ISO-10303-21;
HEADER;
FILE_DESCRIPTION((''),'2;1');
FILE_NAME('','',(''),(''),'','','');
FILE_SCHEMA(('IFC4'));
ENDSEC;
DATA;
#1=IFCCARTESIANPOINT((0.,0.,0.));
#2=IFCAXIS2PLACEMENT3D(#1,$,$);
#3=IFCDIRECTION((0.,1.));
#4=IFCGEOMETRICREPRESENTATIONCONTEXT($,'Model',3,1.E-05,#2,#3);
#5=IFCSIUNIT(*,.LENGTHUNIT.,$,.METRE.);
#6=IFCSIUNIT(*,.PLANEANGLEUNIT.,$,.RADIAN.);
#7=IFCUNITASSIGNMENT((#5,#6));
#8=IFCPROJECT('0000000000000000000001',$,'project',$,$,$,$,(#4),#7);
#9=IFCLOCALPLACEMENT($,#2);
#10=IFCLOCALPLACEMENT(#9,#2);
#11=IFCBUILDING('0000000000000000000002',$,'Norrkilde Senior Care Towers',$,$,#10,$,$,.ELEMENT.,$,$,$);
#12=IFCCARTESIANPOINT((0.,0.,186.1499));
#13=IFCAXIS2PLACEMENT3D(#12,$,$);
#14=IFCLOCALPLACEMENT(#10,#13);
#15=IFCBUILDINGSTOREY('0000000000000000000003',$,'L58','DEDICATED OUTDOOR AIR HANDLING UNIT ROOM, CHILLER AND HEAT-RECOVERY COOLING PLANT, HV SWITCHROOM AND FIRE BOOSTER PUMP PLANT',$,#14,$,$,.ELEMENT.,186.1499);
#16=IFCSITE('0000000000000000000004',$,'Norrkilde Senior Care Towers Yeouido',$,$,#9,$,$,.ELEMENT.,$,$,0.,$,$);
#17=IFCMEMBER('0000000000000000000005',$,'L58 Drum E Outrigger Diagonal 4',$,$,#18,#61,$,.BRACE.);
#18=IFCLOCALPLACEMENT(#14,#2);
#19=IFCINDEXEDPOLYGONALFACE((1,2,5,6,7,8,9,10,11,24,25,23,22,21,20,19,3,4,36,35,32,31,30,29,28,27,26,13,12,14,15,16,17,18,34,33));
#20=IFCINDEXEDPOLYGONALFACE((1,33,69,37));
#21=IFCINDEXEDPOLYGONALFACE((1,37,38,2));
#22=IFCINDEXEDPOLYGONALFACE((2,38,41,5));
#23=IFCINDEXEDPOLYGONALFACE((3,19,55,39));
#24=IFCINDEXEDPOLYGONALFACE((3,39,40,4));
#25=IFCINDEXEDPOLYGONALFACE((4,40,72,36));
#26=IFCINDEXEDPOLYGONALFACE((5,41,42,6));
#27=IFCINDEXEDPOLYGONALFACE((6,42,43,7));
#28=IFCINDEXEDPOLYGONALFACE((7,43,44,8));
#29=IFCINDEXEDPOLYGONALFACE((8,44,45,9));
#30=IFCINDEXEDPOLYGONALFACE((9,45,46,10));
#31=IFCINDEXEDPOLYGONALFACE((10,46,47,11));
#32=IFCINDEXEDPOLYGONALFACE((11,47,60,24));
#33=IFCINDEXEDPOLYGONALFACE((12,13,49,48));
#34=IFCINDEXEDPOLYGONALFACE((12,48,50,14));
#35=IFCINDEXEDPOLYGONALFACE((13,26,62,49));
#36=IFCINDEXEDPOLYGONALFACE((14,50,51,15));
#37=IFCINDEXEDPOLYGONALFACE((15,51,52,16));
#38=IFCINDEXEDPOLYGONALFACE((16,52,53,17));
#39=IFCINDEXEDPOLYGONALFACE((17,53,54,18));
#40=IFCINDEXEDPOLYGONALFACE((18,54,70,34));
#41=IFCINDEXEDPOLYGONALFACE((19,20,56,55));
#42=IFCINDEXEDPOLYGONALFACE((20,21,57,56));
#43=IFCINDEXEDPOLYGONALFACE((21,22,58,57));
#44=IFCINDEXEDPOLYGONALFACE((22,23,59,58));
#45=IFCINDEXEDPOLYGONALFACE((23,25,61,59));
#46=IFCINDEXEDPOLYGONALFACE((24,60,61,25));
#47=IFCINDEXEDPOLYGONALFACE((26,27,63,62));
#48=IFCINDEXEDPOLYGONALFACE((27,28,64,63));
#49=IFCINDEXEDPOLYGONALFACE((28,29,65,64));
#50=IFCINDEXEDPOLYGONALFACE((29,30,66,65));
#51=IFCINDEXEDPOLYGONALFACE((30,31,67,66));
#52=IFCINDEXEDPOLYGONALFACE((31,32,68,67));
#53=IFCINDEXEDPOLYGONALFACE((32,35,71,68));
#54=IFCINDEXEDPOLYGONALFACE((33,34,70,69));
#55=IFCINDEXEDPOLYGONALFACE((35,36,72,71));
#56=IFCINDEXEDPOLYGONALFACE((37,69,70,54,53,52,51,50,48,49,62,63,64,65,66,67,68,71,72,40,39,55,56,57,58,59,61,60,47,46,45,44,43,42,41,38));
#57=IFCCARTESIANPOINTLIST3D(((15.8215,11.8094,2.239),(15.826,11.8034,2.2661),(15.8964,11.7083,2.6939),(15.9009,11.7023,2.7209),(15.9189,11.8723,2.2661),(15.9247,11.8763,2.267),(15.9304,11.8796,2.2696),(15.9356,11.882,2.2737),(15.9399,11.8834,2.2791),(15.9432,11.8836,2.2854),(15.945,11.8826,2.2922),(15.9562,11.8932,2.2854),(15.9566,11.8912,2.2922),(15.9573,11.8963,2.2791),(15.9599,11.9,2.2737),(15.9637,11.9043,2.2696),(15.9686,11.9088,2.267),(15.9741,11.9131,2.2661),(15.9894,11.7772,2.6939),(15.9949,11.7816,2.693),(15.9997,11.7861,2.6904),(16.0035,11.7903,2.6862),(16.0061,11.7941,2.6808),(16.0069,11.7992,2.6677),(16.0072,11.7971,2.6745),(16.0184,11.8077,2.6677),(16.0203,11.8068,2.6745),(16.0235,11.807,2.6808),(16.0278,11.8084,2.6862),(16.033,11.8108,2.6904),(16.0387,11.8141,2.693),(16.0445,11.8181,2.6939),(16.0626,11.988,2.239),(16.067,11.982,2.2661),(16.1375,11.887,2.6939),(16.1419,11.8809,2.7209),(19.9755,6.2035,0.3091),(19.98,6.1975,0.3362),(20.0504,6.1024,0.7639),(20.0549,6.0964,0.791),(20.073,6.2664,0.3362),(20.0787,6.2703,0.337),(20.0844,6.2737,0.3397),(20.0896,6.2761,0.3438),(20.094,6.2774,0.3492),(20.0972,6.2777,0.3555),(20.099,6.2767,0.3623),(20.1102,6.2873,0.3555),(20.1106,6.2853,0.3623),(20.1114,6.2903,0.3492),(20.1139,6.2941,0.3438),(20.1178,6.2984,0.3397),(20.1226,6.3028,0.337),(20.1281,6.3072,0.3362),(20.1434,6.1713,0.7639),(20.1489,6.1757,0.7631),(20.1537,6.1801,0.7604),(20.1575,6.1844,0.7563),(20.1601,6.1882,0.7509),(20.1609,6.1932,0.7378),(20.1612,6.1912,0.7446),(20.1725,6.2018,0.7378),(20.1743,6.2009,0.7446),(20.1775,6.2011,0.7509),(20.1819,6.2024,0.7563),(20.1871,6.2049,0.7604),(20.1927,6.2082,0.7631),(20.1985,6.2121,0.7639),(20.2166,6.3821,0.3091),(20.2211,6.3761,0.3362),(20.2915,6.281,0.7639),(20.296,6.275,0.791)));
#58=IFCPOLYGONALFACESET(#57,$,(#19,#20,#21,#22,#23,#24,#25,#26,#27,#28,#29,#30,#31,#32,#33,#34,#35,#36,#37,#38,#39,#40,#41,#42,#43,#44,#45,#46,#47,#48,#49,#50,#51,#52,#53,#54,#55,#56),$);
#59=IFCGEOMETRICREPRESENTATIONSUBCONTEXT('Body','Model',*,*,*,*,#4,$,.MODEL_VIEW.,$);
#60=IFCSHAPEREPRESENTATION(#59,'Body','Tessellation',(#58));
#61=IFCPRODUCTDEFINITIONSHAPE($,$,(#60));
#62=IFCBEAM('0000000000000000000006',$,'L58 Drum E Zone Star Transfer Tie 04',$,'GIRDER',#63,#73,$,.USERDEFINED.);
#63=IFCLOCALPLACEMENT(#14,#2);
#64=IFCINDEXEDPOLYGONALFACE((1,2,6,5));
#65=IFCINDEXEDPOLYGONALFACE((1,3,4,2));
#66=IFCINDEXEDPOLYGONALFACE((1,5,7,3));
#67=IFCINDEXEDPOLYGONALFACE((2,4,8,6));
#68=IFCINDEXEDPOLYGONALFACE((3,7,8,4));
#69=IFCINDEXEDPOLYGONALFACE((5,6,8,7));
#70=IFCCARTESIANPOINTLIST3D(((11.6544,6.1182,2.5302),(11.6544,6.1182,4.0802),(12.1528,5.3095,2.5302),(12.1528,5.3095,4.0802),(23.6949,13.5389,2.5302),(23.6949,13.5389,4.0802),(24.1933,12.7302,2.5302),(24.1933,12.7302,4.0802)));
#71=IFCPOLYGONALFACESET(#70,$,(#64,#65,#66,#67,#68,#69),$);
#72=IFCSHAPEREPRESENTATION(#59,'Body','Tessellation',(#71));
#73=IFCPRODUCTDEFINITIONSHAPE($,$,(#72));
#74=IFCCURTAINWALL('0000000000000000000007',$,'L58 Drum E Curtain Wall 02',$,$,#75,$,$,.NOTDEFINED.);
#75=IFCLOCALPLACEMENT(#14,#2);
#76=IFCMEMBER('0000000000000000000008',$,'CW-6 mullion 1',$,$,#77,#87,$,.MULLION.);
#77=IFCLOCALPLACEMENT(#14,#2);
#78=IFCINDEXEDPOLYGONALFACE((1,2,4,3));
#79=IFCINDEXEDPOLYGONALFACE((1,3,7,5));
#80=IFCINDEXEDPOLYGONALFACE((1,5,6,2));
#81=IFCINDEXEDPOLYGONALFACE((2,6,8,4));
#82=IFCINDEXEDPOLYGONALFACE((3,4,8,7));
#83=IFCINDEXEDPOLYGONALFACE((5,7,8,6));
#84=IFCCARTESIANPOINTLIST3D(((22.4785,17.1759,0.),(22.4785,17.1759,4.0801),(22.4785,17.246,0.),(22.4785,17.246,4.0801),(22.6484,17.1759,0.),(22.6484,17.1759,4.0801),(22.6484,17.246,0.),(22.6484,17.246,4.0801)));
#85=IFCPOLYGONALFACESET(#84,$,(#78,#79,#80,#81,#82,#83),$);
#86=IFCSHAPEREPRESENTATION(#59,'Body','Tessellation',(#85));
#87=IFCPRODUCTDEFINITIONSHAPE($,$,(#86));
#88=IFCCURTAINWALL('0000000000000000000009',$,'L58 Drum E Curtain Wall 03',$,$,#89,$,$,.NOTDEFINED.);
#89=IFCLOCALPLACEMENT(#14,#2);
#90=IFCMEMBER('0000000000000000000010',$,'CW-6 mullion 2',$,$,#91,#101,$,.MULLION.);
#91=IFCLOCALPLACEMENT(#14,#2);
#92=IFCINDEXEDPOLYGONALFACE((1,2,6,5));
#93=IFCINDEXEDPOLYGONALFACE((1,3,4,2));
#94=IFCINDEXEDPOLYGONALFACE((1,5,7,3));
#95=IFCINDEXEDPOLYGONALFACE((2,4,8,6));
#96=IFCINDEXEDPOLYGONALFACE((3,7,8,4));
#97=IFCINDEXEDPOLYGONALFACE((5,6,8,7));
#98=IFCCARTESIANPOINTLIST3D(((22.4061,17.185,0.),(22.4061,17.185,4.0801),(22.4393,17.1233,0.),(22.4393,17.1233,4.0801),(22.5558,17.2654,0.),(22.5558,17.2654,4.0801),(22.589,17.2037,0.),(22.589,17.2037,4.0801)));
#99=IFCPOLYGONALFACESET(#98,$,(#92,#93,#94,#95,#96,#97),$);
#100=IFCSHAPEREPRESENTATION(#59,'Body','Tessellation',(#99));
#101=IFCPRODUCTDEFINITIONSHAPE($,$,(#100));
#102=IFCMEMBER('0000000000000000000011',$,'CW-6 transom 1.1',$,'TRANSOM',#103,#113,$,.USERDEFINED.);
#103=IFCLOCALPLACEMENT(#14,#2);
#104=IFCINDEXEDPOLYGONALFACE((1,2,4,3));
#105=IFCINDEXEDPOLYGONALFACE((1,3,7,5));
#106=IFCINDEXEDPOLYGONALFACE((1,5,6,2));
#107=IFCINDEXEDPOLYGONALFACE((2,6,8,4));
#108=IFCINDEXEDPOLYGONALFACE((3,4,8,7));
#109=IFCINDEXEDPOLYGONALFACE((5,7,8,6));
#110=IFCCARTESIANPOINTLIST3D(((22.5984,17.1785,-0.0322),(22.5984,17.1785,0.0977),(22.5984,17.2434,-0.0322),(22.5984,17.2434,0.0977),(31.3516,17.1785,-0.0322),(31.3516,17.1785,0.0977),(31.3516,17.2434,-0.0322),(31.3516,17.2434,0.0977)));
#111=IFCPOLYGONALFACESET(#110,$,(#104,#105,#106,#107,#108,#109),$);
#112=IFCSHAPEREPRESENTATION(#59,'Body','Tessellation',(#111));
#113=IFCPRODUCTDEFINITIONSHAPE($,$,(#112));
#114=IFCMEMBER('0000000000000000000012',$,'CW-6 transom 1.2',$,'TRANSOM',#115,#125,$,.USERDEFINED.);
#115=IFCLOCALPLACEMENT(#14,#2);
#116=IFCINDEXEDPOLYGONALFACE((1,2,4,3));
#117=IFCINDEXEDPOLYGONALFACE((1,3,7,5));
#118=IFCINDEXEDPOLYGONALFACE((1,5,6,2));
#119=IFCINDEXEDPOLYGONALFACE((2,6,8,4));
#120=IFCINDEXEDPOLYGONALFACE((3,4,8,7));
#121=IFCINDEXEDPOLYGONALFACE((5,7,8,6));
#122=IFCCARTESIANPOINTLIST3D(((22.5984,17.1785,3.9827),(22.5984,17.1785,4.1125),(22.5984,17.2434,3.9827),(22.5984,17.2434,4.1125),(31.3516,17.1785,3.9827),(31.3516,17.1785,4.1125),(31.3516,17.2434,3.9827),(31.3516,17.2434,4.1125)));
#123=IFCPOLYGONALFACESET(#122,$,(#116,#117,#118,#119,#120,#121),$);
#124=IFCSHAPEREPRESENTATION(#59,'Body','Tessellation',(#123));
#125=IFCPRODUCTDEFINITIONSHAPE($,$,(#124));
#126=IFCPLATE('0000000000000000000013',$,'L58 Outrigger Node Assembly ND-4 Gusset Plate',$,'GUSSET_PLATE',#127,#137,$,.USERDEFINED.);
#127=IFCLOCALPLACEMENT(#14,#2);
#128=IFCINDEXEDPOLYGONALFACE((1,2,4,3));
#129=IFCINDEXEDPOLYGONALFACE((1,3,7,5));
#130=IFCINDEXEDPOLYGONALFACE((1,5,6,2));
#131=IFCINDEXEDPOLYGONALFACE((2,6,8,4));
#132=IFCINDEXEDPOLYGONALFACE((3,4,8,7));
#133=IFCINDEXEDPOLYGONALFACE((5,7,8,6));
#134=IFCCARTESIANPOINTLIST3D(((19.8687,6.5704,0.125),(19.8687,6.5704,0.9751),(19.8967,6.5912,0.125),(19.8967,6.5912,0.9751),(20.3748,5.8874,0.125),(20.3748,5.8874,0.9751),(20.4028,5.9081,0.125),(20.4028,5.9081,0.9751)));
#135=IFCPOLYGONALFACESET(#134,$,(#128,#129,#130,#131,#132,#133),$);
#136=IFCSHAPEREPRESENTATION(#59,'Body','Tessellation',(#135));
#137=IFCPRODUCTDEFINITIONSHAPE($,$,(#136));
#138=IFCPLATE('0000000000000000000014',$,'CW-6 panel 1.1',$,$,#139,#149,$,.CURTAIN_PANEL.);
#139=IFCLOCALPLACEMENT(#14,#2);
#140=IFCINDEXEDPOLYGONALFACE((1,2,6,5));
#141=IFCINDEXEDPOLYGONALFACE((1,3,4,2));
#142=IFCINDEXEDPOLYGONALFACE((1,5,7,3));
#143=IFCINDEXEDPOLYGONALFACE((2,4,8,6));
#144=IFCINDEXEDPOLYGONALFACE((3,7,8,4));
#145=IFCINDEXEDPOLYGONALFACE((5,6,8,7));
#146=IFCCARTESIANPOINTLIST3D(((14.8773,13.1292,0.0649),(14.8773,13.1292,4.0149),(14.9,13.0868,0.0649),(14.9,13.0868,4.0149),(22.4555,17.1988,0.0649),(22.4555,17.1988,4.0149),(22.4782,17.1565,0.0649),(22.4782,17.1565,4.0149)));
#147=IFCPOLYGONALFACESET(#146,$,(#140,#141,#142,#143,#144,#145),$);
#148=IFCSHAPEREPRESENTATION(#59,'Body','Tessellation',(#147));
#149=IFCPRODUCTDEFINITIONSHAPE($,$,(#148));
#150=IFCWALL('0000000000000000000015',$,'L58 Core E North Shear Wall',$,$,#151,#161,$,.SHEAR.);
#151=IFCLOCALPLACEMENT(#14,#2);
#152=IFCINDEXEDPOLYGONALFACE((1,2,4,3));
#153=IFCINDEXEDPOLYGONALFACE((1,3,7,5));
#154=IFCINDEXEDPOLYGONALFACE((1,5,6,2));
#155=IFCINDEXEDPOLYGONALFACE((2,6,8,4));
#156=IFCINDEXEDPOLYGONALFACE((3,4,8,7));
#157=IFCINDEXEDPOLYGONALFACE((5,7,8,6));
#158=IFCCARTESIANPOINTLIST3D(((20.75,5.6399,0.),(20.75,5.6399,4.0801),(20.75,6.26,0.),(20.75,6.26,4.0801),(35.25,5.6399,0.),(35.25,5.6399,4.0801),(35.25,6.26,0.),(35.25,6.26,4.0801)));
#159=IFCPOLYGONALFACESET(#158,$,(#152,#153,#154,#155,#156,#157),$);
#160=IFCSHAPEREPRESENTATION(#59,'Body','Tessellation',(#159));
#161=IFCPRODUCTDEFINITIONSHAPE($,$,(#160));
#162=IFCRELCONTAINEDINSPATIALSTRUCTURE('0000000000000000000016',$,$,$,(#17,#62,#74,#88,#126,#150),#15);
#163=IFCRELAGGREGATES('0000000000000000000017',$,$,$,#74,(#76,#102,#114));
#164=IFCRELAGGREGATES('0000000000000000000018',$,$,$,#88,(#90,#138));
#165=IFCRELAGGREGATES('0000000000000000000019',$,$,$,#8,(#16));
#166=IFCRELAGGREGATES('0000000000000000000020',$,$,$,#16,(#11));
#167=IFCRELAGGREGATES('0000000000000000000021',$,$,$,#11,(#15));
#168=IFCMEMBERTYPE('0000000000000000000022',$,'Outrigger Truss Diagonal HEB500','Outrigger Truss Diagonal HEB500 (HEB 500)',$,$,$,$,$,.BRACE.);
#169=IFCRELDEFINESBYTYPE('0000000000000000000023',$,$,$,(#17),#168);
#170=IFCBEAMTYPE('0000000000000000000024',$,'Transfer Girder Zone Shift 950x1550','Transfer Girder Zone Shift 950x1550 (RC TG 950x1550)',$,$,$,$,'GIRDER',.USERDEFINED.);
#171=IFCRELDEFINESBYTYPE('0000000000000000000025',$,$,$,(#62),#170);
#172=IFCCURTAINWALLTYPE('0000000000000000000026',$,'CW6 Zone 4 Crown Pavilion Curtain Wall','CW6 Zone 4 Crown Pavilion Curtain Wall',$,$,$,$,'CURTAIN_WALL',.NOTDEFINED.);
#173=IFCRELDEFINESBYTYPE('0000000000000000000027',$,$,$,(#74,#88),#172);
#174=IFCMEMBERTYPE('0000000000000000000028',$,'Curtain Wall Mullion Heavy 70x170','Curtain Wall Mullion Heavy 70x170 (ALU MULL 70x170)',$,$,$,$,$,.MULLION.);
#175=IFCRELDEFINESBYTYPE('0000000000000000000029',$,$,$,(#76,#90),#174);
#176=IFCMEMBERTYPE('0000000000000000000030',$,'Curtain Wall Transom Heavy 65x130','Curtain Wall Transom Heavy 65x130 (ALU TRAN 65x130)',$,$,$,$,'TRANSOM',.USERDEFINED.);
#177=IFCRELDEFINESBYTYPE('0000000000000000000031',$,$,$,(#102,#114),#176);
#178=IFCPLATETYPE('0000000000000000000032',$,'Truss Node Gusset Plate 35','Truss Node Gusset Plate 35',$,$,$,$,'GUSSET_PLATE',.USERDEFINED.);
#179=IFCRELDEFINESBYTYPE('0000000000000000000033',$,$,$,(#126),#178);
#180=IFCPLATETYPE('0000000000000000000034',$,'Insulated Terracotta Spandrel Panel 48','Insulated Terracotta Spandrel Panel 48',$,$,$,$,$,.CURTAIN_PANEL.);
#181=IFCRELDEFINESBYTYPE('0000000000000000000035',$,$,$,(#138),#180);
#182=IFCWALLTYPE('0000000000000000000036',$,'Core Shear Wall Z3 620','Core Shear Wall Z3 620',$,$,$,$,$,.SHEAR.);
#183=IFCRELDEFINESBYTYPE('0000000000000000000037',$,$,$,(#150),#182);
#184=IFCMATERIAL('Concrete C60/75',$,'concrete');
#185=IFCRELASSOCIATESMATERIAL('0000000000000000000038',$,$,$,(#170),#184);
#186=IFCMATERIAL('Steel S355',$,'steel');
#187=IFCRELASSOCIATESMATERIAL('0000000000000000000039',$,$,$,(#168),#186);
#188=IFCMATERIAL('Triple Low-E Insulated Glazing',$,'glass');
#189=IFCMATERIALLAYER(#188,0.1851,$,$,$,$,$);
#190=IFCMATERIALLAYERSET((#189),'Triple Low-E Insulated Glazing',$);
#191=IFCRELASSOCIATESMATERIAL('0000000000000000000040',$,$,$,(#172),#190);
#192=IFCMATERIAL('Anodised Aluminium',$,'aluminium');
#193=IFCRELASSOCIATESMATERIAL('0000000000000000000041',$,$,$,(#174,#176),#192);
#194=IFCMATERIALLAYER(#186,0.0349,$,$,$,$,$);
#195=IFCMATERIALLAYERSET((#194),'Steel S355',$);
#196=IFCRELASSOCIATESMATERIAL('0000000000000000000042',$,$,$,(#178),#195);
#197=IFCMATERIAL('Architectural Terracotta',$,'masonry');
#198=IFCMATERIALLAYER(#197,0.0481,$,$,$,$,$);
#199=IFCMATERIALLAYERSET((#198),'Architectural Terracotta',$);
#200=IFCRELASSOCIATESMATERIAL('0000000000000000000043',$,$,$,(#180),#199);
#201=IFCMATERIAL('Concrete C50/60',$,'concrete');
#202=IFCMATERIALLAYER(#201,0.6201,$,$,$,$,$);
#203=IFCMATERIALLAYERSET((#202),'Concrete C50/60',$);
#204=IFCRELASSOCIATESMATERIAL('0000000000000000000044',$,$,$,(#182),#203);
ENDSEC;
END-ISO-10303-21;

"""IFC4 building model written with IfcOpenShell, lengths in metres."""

from ifc_helpers import new_model, si_unit, direction, frame, frame_2d, origin, origin_2d, place, context, subcontext, project, spatial, rectangle, i_section, extrude, source, transform, mapped, material, layer, layer_set, material_profile, profile_set, type_object, type_shapes, element, aggregate, save


model = new_model("IFC4")

# Units and contexts
model_context = context("Model", 3, precision=1e-05, world=origin(), true_north=direction((0.0, 1.0)))
body_context = subcontext(model_context, "Body", "Model", "MODEL_VIEW")
ifc_project = project(units=[si_unit("LENGTHUNIT", "METRE"), si_unit("PLANEANGLEUNIT", "RADIAN")], contexts=[model_context])

# Site, building, storey
site_placement = place(None, origin())
site = spatial("IfcSite", under=ifc_project, at=site_placement, Name="Norrkilde Senior Care Towers Yeouido", CompositionType="ELEMENT", RefElevation=0.0)
building_placement = place(site_placement, origin())
building = spatial("IfcBuilding", under=site, at=building_placement, Name="Norrkilde Senior Care Towers", CompositionType="ELEMENT")
storey_placement = place(building_placement, frame((0.0, 0.0, 186.1499)))
storey = spatial("IfcBuildingStorey", under=building, at=storey_placement, Name="L58", Description="DEDICATED OUTDOOR AIR HANDLING UNIT ROOM, CHILLER AND HEAT-RECOVERY COOLING PLANT, HV SWITCHROOM AND FIRE BOOSTER PUMP PLANT", CompositionType="ELEMENT", Elevation=186.1499)

# Shared definitions
ifc_material_1 = material(Name="Concrete C60/75", Category="concrete")
ifc_material_2 = material(Name="Concrete C50/60", Category="concrete")

# Shared definitions
ifc_material_profile_1 = material_profile(ifc_material_1, rectangle(XDim=0.95, YDim=1.55, at=origin_2d()), Name="RC TG 950x1550")
ifc_profile_set_1 = profile_set([ifc_material_profile_1], Name="Concrete C60/75")
beam_type_1 = type_object("IfcBeamType", Name="Transfer Girder Zone Shift 950x1550", Description="Transfer Girder Zone Shift 950x1550 (RC TG 950x1550)", ElementType="GIRDER", PredefinedType="USERDEFINED", material=ifc_profile_set_1)

# Member
ifc_material_3 = material(Name="Steel S355", Category="steel")
ifc_material_profile_2 = material_profile(ifc_material_3, i_section(OverallWidth=0.3, OverallDepth=0.5, WebThickness=0.0144, FlangeThickness=0.0281, FilletRadius=0.0271, at=origin_2d()), Name="HEB 500")
ifc_profile_set_2 = profile_set([ifc_material_profile_2], Name="Steel S355")
member_type_1 = type_object("IfcMemberType", Name="Outrigger Truss Diagonal HEB500", Description="Outrigger Truss Diagonal HEB500 (HEB 500)", PredefinedType="BRACE", material=ifc_profile_set_2)
shared_shape_1 = source(origin(), body_context, "Body", "SweptSolid", [
    extrude(i_section(OverallWidth=0.3, OverallDepth=0.5, WebThickness=0.0144, FlangeThickness=0.0281, FilletRadius=0.0271, at=origin_2d()), origin(), (0.0, 0.0, 1.0), 7.2393),
])
type_shapes(member_type_1, [shared_shape_1])
member_1_placement = place(storey_placement, frame((20.1357, 6.2393, 0.55), z_axis=(-0.573819, 0.774378, 0.266591), x_axis=(-0.803455, -0.595366, 0.0)))
element("IfcMember", 1, at=member_1_placement, inside=storey, type_object=member_type_1, Name="L58 Drum E Outrigger Diagonal 4", PredefinedType="BRACE", context=body_context, shape_type="MappedRepresentation", body=[
    mapped(shared_shape_1, transform((0.0, 0.0, 0.0), x_axis=(1.0, 0.0, 0.0), y_axis=(0.0, 1.0, 0.0), z_axis=(0.0, 0.0, 1.0), scale=1.0)),
])

# Beam
shared_shape_2 = source(origin(), body_context, "Body", "SweptSolid", [
    extrude(rectangle(XDim=0.95, YDim=1.55, at=origin_2d()), origin(), (0.0, 0.0, 1.0), 14.1436),
])
beam_1_placement = place(storey_placement, frame((23.9441, 13.1345, 3.3052), z_axis=(-0.851308, -0.524666, 0.0), x_axis=(0.524666, -0.851308, 0.0)))
element("IfcBeam", 2, at=beam_1_placement, inside=storey, type_object=beam_type_1, Name="L58 Drum E Zone Star Transfer Tie 04", ObjectType="GIRDER", PredefinedType="USERDEFINED", context=body_context, shape_type="MappedRepresentation", body=[
    mapped(shared_shape_2, transform((0.0, 0.0, 0.0), x_axis=(1.0, 0.0, 0.0), y_axis=(0.0, 1.0, 0.0), z_axis=(0.0, 0.0, 1.0), scale=1.0)),
])

# Curtain walls, members
ifc_material_4 = material(Name="Triple Low-E Insulated Glazing", Category="glass")
ifc_layer_1 = layer(ifc_material_4, 0.1851)
ifc_layer_set_1 = layer_set([ifc_layer_1], Name="Triple Low-E Insulated Glazing")
curtain_wall_type = type_object("IfcCurtainWallType", Name="CW6 Zone 4 Crown Pavilion Curtain Wall", Description="CW6 Zone 4 Crown Pavilion Curtain Wall", ElementType="CURTAIN_WALL", PredefinedType="NOTDEFINED", material=ifc_layer_set_1)
curtain_wall_1_placement = place(storey_placement, origin())
curtain_wall_1 = element("IfcCurtainWall", 3, at=curtain_wall_1_placement, inside=storey, type_object=curtain_wall_type, Name="L58 Drum E Curtain Wall 02", PredefinedType="NOTDEFINED")
ifc_material_5 = material(Name="Anodised Aluminium", Category="aluminium")
ifc_material_profile_3 = material_profile(ifc_material_5, rectangle(XDim=0.0701, YDim=0.1699, at=origin_2d()), Name="ALU MULL 70x170")
ifc_profile_set_3 = profile_set([ifc_material_profile_3], Name="Anodised Aluminium")
member_type_2 = type_object("IfcMemberType", Name="Curtain Wall Mullion Heavy 70x170", Description="Curtain Wall Mullion Heavy 70x170 (ALU MULL 70x170)", PredefinedType="MULLION", material=ifc_profile_set_3)
shared_shape_3 = source(origin(), body_context, "Body", "SweptSolid", [
    extrude(rectangle(XDim=0.0701, YDim=0.1699, at=origin_2d()), origin(), (0.0, 0.0, 1.0), 4.0801),
])
type_shapes(member_type_2, [shared_shape_3])
member_2_placement = place(storey_placement, frame((22.5635, 17.2109, 0.0), z_axis=(0.0, 0.0, 1.0), x_axis=(0.0, 1.0, 0.0)))
member_2 = element("IfcMember", 4, at=member_2_placement, type_object=member_type_2, Name="CW-6 mullion 1", PredefinedType="MULLION", context=body_context, shape_type="MappedRepresentation", body=[
    mapped(shared_shape_3, transform((0.0, 0.0, 0.0), x_axis=(1.0, 0.0, 0.0), y_axis=(0.0, 1.0, 0.0), z_axis=(0.0, 0.0, 1.0), scale=1.0)),
])
curtain_wall_2_placement = place(storey_placement, origin())
curtain_wall_2 = element("IfcCurtainWall", 5, at=curtain_wall_2_placement, inside=storey, type_object=curtain_wall_type, Name="L58 Drum E Curtain Wall 03", PredefinedType="NOTDEFINED")
member_3_placement = place(storey_placement, frame((22.4976, 17.1943, 0.0), z_axis=(0.0, 0.0, 1.0), x_axis=(-0.473117, 0.881, 0.0)))
member_3 = element("IfcMember", 6, at=member_3_placement, type_object=member_type_2, Name="CW-6 mullion 2", PredefinedType="MULLION", context=body_context, shape_type="MappedRepresentation", body=[
    mapped(shared_shape_3, transform((0.0, 0.0, 0.0), x_axis=(1.0, 0.0, 0.0), y_axis=(0.0, 1.0, 0.0), z_axis=(0.0, 0.0, 1.0), scale=1.0)),
])

# Members
ifc_material_profile_4 = material_profile(ifc_material_5, rectangle(XDim=0.0649, YDim=0.1299, at=origin_2d()), Name="ALU TRAN 65x130")
ifc_profile_set_4 = profile_set([ifc_material_profile_4], Name="Anodised Aluminium")
member_type_3 = type_object("IfcMemberType", Name="Curtain Wall Transom Heavy 65x130", Description="Curtain Wall Transom Heavy 65x130 (ALU TRAN 65x130)", ElementType="TRANSOM", PredefinedType="USERDEFINED", material=ifc_profile_set_4)
shared_shape_4 = source(origin(), body_context, "Body", "SweptSolid", [
    extrude(rectangle(XDim=0.0649, YDim=0.1299, at=origin_2d()), origin(), (0.0, 0.0, 1.0), 8.7532),
])
type_shapes(member_type_3, [shared_shape_4])
member_4_placement = place(storey_placement, frame((22.5984, 17.2109, 0.0327), z_axis=(1.0, 0.0, 0.0), x_axis=(0.0, 1.0, 0.0)))
member_4 = element("IfcMember", 7, at=member_4_placement, type_object=member_type_3, Name="CW-6 transom 1.1", ObjectType="TRANSOM", PredefinedType="USERDEFINED", context=body_context, shape_type="MappedRepresentation", body=[
    mapped(shared_shape_4, transform((0.0, 0.0, 0.0), x_axis=(1.0, 0.0, 0.0), y_axis=(0.0, 1.0, 0.0), z_axis=(0.0, 0.0, 1.0), scale=1.0)),
])
member_5_placement = place(storey_placement, frame((22.5984, 17.2109, 4.0476), z_axis=(1.0, 0.0, 0.0), x_axis=(0.0, 1.0, 0.0)))
member_5 = element("IfcMember", 8, at=member_5_placement, type_object=member_type_3, Name="CW-6 transom 1.2", ObjectType="TRANSOM", PredefinedType="USERDEFINED", context=body_context, shape_type="MappedRepresentation", body=[
    mapped(shared_shape_4, transform((0.0, 0.0, 0.0), x_axis=(1.0, 0.0, 0.0), y_axis=(0.0, 1.0, 0.0), z_axis=(0.0, 0.0, 1.0), scale=1.0)),
])
aggregate(curtain_wall_1, [member_2, member_4, member_5])

# Plates
ifc_layer_2 = layer(ifc_material_3, 0.0349)
ifc_layer_set_2 = layer_set([ifc_layer_2], Name="Steel S355")
plate_type_1 = type_object("IfcPlateType", Name="Truss Node Gusset Plate 35", Description="Truss Node Gusset Plate 35", ElementType="GUSSET_PLATE", PredefinedType="USERDEFINED", material=ifc_layer_set_2)
shared_shape_5 = source(origin(), body_context, "Body", "SweptSolid", [
    extrude(rectangle(XDim=0.8501, YDim=0.0349, at=origin_2d()), origin(), (0.0, 0.0, 1.0), 0.8501),
])
type_shapes(plate_type_1, [shared_shape_5])
plate_1_placement = place(storey_placement, frame((20.1357, 6.2393, 0.125), z_axis=(0.0, 0.0, 1.0), x_axis=(-0.595358, 0.80346, 0.0)))
element("IfcPlate", 9, at=plate_1_placement, inside=storey, type_object=plate_type_1, Name="L58 Outrigger Node Assembly ND-4 Gusset Plate", ObjectType="GUSSET_PLATE", PredefinedType="USERDEFINED", context=body_context, shape_type="MappedRepresentation", body=[
    mapped(shared_shape_5, transform((0.0, 0.0, 0.0), x_axis=(1.0, 0.0, 0.0), y_axis=(0.0, 1.0, 0.0), z_axis=(0.0, 0.0, 1.0), scale=1.0)),
])
ifc_material_6 = material(Name="Architectural Terracotta", Category="masonry")
ifc_layer_3 = layer(ifc_material_6, 0.0481)
ifc_layer_set_3 = layer_set([ifc_layer_3], Name="Architectural Terracotta")
plate_type_2 = type_object("IfcPlateType", Name="Insulated Terracotta Spandrel Panel 48", Description="Insulated Terracotta Spandrel Panel 48", PredefinedType="CURTAIN_PANEL", material=ifc_layer_set_3)
shared_shape_6 = source(origin(), body_context, "Body", "SweptSolid", [
    extrude(rectangle(XDim=8.6018, YDim=0.0481, at=origin_2d()), origin(), (0.0, 0.0, 1.0), 3.95),
])
type_shapes(plate_type_2, [shared_shape_6])
plate_2_placement = place(storey_placement, frame((18.6777, 15.1428, 0.0649), z_axis=(0.0, 0.0, 1.0), x_axis=(0.881, 0.473117, 0.0)))
plate_2 = element("IfcPlate", 10, at=plate_2_placement, type_object=plate_type_2, Name="CW-6 panel 1.1", PredefinedType="CURTAIN_PANEL", context=body_context, shape_type="MappedRepresentation", body=[
    mapped(shared_shape_6, transform((0.0, 0.0, 0.0), x_axis=(1.0, 0.0, 0.0), y_axis=(0.0, 1.0, 0.0), z_axis=(0.0, 0.0, 1.0), scale=1.0)),
])
aggregate(curtain_wall_2, [member_3, plate_2])

# Wall
ifc_layer_4 = layer(ifc_material_2, 0.6201)
ifc_layer_set_4 = layer_set([ifc_layer_4], Name="Concrete C50/60")
wall_type_1 = type_object("IfcWallType", Name="Core Shear Wall Z3 620", Description="Core Shear Wall Z3 620", PredefinedType="SHEAR", material=ifc_layer_set_4)
shared_shape_7 = source(origin(), body_context, "Body", "SweptSolid", [
    extrude(rectangle(XDim=14.5, YDim=0.6201, at=frame_2d((7.25, 0.0))), origin(), (0.0, 0.0, 1.0), 4.0801),
])
type_shapes(wall_type_1, [shared_shape_7])
wall_1_placement = place(storey_placement, frame((20.75, 5.95, 0.0), z_axis=(0.0, 0.0, 1.0), x_axis=(1.0, 0.0, 0.0)))
element("IfcWall", 11, at=wall_1_placement, inside=storey, type_object=wall_type_1, Name="L58 Core E North Shear Wall", PredefinedType="SHEAR", context=body_context, shape_type="MappedRepresentation", body=[
    mapped(shared_shape_7, transform((0.0, 0.0, 0.0), x_axis=(1.0, 0.0, 0.0), y_axis=(0.0, 1.0, 0.0), z_axis=(0.0, 0.0, 1.0), scale=1.0)),
])

save(model, "model.ifc")
